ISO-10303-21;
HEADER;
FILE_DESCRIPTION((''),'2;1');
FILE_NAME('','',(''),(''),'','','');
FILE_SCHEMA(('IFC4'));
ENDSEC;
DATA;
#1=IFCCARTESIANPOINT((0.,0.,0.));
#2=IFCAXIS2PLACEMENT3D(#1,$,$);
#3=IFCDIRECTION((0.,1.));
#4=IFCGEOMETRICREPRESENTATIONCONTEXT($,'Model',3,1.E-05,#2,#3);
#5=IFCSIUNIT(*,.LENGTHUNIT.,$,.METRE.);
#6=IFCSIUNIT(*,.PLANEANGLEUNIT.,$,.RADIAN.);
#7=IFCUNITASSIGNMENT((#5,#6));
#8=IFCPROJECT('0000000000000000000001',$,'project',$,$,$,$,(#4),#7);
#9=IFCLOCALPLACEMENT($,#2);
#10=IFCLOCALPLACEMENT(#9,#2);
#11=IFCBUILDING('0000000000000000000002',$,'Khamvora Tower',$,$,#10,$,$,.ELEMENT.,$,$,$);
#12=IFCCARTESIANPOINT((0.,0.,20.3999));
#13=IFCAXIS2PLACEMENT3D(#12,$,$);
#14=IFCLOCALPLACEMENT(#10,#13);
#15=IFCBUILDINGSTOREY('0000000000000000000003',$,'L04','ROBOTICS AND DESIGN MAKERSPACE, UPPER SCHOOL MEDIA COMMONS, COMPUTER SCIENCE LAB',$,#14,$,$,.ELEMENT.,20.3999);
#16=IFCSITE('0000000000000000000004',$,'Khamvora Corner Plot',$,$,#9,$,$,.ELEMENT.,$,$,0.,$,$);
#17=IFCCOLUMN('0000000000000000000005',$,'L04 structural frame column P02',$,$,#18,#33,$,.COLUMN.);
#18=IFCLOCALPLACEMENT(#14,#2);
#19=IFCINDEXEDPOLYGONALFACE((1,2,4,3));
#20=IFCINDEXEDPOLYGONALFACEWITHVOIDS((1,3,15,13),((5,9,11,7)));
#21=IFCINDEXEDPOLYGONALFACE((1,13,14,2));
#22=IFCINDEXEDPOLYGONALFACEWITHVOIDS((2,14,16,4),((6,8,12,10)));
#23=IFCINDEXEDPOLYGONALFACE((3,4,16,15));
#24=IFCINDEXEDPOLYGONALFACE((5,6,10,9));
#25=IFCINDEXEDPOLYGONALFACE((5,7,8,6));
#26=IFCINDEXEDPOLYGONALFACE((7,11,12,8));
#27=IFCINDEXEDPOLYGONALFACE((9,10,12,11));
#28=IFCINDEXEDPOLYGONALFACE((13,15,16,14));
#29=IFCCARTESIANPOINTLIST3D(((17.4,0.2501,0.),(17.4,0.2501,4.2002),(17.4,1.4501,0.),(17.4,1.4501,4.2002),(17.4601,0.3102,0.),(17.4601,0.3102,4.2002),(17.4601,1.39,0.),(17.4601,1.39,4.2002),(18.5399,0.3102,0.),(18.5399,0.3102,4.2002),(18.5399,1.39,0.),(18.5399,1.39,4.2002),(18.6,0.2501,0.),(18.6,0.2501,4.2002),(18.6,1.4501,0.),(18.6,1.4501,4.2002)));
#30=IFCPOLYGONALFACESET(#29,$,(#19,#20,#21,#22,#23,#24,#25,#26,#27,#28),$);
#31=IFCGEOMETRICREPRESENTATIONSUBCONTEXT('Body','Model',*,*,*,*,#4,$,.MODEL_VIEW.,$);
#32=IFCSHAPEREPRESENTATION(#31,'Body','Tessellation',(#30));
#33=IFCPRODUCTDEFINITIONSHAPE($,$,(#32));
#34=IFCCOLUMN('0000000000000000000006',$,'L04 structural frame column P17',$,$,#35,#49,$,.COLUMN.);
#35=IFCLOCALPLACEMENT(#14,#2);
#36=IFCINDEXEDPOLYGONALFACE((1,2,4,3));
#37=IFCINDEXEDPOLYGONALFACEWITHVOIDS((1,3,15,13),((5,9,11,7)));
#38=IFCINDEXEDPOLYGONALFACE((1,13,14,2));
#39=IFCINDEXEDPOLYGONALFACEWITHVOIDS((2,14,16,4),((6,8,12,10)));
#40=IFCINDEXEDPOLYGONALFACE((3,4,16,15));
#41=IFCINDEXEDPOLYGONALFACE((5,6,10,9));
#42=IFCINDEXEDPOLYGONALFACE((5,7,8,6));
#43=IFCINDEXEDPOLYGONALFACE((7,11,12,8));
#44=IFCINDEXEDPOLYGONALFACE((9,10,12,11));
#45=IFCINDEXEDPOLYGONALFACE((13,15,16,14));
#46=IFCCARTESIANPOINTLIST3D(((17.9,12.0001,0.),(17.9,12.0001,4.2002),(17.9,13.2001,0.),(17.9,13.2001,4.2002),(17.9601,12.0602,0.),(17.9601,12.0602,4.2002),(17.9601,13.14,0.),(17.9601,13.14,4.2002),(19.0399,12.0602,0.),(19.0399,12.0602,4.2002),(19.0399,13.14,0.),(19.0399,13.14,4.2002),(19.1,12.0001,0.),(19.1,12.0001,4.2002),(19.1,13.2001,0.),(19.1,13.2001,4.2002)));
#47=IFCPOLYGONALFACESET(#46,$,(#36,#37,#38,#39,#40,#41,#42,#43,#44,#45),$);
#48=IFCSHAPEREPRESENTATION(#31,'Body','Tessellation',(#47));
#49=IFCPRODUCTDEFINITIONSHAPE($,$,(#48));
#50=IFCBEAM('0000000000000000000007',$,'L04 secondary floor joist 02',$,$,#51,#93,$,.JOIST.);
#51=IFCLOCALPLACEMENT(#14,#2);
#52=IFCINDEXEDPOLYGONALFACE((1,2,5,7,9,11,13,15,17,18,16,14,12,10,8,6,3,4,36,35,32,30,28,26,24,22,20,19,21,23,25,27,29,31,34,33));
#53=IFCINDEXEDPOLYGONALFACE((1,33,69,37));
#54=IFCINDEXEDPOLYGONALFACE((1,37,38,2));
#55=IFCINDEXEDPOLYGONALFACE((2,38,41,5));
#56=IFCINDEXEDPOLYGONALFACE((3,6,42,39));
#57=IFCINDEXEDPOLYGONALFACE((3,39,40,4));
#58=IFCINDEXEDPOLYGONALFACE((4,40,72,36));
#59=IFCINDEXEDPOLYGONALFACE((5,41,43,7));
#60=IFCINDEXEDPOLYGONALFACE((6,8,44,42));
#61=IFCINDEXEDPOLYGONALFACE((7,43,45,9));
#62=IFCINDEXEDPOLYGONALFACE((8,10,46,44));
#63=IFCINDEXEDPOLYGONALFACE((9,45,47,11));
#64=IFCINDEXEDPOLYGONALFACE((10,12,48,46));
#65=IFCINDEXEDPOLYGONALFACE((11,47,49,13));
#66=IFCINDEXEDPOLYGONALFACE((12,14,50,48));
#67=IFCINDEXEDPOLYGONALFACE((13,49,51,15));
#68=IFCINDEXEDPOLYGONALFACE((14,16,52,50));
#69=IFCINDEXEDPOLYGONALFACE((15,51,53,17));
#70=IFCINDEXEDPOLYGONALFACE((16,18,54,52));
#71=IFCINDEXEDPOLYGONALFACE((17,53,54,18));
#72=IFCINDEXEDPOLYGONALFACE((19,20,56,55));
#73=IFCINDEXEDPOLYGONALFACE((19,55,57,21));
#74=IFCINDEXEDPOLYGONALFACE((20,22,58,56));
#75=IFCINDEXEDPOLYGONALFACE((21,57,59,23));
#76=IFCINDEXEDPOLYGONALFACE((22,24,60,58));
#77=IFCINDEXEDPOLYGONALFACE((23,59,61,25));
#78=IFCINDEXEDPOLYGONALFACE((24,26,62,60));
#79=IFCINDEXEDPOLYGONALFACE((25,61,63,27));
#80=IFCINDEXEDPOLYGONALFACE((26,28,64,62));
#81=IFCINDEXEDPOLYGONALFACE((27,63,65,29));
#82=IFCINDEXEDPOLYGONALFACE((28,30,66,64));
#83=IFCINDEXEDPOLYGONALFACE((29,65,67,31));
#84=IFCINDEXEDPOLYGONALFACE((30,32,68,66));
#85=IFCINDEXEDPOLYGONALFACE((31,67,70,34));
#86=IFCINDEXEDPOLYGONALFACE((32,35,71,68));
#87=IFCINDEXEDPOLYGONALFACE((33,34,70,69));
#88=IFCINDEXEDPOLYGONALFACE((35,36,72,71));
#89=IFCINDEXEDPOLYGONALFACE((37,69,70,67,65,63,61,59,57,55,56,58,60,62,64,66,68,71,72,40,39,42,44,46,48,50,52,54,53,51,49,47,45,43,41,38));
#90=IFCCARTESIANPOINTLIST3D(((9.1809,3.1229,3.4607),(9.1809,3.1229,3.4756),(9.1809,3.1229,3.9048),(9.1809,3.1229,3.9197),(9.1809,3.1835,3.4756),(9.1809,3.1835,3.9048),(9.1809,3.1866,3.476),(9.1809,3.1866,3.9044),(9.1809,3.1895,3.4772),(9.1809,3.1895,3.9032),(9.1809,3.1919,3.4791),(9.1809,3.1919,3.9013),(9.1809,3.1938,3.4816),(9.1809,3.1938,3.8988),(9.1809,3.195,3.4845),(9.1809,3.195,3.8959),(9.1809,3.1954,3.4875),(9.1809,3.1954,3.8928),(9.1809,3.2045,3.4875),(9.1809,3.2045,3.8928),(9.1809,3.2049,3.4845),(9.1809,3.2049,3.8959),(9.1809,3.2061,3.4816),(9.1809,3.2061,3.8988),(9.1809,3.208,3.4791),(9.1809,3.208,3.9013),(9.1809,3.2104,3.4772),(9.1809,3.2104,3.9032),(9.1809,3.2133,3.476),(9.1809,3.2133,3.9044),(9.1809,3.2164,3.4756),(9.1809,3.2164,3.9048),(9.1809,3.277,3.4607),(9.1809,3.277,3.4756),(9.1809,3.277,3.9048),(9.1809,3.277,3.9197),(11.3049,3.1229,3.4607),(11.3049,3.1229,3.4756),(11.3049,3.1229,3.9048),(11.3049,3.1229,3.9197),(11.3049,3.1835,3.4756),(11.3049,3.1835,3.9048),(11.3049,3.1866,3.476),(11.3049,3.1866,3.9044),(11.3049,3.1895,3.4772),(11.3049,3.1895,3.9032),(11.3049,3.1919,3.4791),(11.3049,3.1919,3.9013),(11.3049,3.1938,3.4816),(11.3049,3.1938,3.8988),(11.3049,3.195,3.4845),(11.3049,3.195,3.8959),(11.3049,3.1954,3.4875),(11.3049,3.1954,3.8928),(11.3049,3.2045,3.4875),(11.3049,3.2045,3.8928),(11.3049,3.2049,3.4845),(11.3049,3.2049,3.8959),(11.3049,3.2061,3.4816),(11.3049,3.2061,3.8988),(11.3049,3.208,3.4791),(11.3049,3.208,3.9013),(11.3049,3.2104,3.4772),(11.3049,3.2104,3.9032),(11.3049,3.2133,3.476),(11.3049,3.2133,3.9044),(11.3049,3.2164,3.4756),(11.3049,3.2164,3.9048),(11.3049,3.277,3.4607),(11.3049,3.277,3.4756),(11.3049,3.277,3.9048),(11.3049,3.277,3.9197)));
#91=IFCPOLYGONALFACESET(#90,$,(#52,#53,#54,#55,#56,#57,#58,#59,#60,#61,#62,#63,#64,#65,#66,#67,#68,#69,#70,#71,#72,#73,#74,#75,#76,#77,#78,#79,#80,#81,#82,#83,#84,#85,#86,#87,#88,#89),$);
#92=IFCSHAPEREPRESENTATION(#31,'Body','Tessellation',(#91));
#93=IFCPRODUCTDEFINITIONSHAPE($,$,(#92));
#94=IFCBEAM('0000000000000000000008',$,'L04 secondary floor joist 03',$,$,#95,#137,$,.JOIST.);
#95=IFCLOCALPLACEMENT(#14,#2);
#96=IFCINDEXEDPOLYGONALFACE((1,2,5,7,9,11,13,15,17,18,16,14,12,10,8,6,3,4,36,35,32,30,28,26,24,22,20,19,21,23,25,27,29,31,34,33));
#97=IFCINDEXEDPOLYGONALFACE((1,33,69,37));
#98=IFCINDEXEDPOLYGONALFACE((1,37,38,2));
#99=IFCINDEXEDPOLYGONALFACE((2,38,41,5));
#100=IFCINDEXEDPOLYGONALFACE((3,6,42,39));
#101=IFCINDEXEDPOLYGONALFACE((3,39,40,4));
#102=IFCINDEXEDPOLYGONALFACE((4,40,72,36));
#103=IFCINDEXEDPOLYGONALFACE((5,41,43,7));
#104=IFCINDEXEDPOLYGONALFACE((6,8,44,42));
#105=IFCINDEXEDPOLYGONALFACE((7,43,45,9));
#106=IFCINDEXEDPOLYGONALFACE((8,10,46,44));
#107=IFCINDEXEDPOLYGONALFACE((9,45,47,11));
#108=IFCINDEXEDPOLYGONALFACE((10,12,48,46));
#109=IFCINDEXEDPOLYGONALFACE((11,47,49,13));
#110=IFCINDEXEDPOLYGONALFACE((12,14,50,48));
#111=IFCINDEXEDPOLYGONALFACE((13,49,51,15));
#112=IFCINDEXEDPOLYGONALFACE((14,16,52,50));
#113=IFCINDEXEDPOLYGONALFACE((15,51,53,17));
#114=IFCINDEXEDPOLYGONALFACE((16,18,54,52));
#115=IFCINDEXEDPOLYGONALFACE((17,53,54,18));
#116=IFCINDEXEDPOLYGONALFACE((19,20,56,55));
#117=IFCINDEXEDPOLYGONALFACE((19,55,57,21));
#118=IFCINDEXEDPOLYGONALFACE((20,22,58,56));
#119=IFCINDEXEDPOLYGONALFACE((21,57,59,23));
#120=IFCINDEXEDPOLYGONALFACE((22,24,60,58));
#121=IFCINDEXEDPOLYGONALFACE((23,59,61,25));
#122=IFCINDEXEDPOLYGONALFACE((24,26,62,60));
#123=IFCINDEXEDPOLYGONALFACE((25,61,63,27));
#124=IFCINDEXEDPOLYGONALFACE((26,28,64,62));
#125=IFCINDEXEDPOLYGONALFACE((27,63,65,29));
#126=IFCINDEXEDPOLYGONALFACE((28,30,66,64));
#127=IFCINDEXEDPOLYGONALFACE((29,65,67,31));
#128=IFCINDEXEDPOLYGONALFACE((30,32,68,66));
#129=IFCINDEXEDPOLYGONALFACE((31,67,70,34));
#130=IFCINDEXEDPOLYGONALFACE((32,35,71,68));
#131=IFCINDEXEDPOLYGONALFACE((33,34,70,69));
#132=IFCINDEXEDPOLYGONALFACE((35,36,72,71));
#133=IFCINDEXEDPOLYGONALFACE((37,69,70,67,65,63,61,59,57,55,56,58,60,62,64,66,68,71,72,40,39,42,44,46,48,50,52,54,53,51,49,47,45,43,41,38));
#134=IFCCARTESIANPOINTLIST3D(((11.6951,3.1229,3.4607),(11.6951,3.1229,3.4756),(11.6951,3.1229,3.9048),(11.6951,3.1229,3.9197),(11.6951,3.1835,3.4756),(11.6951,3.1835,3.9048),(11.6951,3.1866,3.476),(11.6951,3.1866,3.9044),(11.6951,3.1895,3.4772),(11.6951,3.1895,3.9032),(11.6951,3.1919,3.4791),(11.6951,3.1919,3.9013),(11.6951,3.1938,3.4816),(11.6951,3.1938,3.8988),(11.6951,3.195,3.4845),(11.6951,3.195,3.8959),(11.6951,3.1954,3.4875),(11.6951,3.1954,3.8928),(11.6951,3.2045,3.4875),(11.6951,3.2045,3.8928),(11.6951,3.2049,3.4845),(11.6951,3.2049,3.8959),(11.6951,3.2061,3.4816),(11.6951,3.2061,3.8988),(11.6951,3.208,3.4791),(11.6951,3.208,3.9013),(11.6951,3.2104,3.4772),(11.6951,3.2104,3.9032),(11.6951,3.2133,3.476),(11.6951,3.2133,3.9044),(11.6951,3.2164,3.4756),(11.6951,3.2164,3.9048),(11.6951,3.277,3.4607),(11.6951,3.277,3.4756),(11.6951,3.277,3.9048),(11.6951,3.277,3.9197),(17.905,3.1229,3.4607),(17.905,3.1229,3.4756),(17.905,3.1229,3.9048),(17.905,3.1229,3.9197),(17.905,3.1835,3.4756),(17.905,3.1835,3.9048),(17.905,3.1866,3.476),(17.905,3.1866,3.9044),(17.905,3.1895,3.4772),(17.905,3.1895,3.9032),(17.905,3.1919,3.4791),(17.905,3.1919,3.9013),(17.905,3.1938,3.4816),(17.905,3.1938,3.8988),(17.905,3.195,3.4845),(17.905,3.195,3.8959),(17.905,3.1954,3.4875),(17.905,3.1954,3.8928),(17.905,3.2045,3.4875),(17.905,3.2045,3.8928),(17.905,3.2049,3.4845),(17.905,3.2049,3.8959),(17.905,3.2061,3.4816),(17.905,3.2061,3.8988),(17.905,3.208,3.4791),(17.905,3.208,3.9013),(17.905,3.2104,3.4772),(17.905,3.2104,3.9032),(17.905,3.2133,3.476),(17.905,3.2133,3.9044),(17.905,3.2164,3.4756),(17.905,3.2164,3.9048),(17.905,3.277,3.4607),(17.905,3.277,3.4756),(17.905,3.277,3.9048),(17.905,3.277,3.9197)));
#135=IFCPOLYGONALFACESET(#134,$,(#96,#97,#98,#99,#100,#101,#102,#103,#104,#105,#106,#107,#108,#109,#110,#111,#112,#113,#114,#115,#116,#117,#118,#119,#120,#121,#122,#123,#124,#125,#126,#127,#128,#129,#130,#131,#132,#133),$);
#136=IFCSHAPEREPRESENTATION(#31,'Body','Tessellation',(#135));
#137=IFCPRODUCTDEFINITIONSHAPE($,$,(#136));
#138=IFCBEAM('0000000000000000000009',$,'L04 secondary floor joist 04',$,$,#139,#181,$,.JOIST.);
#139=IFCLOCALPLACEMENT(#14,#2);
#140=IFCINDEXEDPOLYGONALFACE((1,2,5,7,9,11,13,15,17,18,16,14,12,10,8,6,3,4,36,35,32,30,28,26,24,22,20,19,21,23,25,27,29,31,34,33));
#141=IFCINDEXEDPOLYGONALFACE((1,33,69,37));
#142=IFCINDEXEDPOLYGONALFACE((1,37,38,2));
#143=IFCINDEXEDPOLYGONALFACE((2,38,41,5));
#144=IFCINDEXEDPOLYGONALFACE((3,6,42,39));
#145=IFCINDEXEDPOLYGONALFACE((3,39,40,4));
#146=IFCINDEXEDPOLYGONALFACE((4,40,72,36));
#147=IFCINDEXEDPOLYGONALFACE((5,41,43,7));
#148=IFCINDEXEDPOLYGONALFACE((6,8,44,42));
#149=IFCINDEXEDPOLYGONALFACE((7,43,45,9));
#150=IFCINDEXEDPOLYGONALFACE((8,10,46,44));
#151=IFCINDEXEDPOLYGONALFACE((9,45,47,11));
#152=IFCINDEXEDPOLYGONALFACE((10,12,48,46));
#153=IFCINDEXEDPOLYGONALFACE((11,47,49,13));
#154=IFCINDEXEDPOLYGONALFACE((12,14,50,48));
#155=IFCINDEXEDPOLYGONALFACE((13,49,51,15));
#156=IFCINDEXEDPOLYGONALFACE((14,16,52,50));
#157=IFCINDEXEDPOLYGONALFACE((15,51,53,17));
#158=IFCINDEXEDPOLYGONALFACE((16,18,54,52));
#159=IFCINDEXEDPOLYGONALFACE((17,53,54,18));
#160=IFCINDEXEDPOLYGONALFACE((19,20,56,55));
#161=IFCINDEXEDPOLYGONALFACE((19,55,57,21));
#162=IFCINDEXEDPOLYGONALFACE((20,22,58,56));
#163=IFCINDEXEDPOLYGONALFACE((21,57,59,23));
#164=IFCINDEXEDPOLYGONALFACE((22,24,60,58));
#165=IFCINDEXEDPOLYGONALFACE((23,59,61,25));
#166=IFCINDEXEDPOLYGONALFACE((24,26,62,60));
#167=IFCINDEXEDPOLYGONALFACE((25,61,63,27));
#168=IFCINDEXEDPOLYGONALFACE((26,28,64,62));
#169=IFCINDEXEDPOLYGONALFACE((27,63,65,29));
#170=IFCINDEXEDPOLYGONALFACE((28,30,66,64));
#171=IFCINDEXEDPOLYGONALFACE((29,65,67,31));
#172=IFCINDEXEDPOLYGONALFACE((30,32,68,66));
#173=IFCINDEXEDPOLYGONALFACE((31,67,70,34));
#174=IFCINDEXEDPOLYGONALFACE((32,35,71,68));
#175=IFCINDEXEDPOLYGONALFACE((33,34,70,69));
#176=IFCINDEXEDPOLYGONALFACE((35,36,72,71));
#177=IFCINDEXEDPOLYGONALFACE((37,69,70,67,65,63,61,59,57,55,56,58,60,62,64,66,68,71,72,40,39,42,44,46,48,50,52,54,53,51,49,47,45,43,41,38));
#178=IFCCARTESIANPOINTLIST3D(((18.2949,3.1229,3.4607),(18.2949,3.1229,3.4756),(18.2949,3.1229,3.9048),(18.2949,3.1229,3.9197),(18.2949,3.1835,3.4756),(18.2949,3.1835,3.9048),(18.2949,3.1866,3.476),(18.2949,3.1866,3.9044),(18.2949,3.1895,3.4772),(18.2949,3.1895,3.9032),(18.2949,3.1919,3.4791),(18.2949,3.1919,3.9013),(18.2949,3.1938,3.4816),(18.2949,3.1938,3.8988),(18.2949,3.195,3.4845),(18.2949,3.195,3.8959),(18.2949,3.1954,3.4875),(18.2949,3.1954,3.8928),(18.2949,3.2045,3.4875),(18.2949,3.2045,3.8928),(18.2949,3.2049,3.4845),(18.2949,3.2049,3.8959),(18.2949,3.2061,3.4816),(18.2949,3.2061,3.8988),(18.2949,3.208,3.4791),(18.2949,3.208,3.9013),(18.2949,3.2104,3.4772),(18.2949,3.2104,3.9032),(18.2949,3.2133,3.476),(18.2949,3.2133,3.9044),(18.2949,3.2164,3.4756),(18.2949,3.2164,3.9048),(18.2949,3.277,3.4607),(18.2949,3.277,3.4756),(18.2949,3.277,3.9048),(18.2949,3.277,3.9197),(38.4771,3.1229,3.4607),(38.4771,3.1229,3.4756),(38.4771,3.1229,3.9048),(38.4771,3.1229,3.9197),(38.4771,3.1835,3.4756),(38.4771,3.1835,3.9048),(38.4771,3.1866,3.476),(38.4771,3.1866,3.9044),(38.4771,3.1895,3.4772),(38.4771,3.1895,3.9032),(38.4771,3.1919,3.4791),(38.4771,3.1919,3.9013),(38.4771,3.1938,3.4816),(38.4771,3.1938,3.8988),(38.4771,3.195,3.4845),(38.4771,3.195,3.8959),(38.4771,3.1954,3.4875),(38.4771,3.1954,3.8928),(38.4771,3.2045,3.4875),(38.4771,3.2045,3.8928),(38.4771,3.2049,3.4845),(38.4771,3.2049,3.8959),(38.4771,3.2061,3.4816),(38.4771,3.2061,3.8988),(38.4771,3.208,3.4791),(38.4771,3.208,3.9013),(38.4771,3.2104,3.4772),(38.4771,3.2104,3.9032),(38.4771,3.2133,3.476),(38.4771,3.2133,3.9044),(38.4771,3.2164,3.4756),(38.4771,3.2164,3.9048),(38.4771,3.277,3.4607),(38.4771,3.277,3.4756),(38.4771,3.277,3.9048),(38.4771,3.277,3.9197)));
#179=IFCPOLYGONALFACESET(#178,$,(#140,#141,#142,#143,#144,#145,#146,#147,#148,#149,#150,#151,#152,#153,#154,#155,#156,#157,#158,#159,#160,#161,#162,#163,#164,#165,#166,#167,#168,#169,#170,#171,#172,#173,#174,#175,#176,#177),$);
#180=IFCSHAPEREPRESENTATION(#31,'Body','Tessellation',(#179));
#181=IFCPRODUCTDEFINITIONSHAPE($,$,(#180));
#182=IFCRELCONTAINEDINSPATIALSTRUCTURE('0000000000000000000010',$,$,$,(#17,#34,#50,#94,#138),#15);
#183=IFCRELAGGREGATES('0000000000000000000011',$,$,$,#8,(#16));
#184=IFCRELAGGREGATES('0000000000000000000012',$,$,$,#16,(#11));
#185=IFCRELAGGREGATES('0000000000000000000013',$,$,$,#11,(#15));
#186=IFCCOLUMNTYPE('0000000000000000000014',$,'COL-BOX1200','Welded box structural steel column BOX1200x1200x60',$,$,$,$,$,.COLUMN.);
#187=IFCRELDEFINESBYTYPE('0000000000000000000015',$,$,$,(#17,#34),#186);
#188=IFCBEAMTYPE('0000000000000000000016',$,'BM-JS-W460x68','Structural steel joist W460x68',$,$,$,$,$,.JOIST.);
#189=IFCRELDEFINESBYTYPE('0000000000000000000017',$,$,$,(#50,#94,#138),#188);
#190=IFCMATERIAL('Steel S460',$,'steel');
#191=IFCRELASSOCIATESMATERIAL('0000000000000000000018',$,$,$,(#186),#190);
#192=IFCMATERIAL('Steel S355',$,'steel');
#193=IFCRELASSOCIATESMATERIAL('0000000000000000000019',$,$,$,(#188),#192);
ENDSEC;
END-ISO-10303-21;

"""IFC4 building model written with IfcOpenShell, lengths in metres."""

from ifc_helpers import new_model, si_unit, direction, frame, origin, origin_2d, place, context, subcontext, project, spatial, hollow_rectangle, i_section, extrude, material, material_profile, profile_set, type_object, element, save


model = new_model("IFC4")

# Units and contexts
model_context = context("Model", 3, precision=1e-05, world=origin(), true_north=direction((0.0, 1.0)))
body_context = subcontext(model_context, "Body", "Model", "MODEL_VIEW")
ifc_project = project(units=[si_unit("LENGTHUNIT", "METRE"), si_unit("PLANEANGLEUNIT", "RADIAN")], contexts=[model_context])

# Site, building, storey
site_placement = place(None, origin())
site = spatial("IfcSite", under=ifc_project, at=site_placement, Name="Khamvora Corner Plot", CompositionType="ELEMENT", RefElevation=0.0)
building_placement = place(site_placement, origin())
building = spatial("IfcBuilding", under=site, at=building_placement, Name="Khamvora Tower", CompositionType="ELEMENT")
storey_placement = place(building_placement, frame((0.0, 0.0, 20.3999)))
storey = spatial("IfcBuildingStorey", under=building, at=storey_placement, Name="L04", Description="ROBOTICS AND DESIGN MAKERSPACE, UPPER SCHOOL MEDIA COMMONS, COMPUTER SCIENCE LAB", CompositionType="ELEMENT", Elevation=20.3999)

# Columns
ifc_material_1 = material(Name="Steel S460", Category="steel")
ifc_material_profile_1 = material_profile(ifc_material_1, hollow_rectangle(XDim=1.2, YDim=1.2, WallThickness=0.0601, at=origin_2d()), Name="BOX1200x1200x60")
ifc_profile_set_1 = profile_set([ifc_material_profile_1], Name="Steel S460")
column_type = type_object("IfcColumnType", Name="COL-BOX1200", Description="Welded box structural steel column BOX1200x1200x60", PredefinedType="COLUMN", material=ifc_profile_set_1)
for number, where, z_axis, x_axis, name in (
    (1, (18.0, 0.8501, 0.0), (0.0, 0.0, 1.0), (1.0, 0.0, 0.0), "L04 structural frame column P02"),
    (2, (18.5, 12.6001, 0.0), (0.0, 0.0, 1.0), (1.0, 0.0, 0.0), "L04 structural frame column P17"),
):
    element("IfcColumn", number, at=place(storey_placement, frame(where, z_axis=z_axis, x_axis=x_axis)), inside=storey, type_object=column_type, Name=name, PredefinedType="COLUMN", context=body_context, shape_type="SweptSolid", body=[
        extrude(hollow_rectangle(XDim=1.2, YDim=1.2, WallThickness=0.0601, at=origin_2d()), origin(), (0.0, 0.0, 1.0), 4.2002),
    ])

# Beams
ifc_material_2 = material(Name="Steel S355", Category="steel")
ifc_material_profile_2 = material_profile(ifc_material_2, i_section(OverallWidth=0.1541, OverallDepth=0.459, WebThickness=0.009, FlangeThickness=0.0149, FilletRadius=0.012, at=origin_2d()), Name="W460x68")
ifc_profile_set_2 = profile_set([ifc_material_profile_2], Name="Steel S355")
beam_type_1 = type_object("IfcBeamType", Name="BM-JS-W460x68", Description="Structural steel joist W460x68", PredefinedType="JOIST", material=ifc_profile_set_2)
beam_1_placement = place(storey_placement, frame((9.1809, 3.2, 3.6902), z_axis=(1.0, 0.0, 0.0), x_axis=(0.0, 1.0, 0.0)))
element("IfcBeam", 3, at=beam_1_placement, inside=storey, type_object=beam_type_1, Name="L04 secondary floor joist 02", PredefinedType="JOIST", context=body_context, shape_type="SweptSolid", body=[
    extrude(i_section(OverallWidth=0.1541, OverallDepth=0.459, WebThickness=0.009, FlangeThickness=0.0149, FilletRadius=0.012, at=origin_2d()), origin(), (0.0, 0.0, 1.0), 2.124),
])
beam_2_placement = place(storey_placement, frame((11.6951, 3.2, 3.6902), z_axis=(1.0, 0.0, 0.0), x_axis=(0.0, 1.0, 0.0)))
element("IfcBeam", 4, at=beam_2_placement, inside=storey, type_object=beam_type_1, Name="L04 secondary floor joist 03", PredefinedType="JOIST", context=body_context, shape_type="SweptSolid", body=[
    extrude(i_section(OverallWidth=0.1541, OverallDepth=0.459, WebThickness=0.009, FlangeThickness=0.0149, FilletRadius=0.012, at=origin_2d()), origin(), (0.0, 0.0, 1.0), 6.21),
])
beam_3_placement = place(storey_placement, frame((18.2949, 3.2, 3.6902), z_axis=(1.0, 0.0, 0.0), x_axis=(0.0, 1.0, 0.0)))
element("IfcBeam", 5, at=beam_3_placement, inside=storey, type_object=beam_type_1, Name="L04 secondary floor joist 04", PredefinedType="JOIST", context=body_context, shape_type="SweptSolid", body=[
    extrude(i_section(OverallWidth=0.1541, OverallDepth=0.459, WebThickness=0.009, FlangeThickness=0.0149, FilletRadius=0.012, at=origin_2d()), origin(), (0.0, 0.0, 1.0), 20.1821),
])

save(model, "model.ifc")
